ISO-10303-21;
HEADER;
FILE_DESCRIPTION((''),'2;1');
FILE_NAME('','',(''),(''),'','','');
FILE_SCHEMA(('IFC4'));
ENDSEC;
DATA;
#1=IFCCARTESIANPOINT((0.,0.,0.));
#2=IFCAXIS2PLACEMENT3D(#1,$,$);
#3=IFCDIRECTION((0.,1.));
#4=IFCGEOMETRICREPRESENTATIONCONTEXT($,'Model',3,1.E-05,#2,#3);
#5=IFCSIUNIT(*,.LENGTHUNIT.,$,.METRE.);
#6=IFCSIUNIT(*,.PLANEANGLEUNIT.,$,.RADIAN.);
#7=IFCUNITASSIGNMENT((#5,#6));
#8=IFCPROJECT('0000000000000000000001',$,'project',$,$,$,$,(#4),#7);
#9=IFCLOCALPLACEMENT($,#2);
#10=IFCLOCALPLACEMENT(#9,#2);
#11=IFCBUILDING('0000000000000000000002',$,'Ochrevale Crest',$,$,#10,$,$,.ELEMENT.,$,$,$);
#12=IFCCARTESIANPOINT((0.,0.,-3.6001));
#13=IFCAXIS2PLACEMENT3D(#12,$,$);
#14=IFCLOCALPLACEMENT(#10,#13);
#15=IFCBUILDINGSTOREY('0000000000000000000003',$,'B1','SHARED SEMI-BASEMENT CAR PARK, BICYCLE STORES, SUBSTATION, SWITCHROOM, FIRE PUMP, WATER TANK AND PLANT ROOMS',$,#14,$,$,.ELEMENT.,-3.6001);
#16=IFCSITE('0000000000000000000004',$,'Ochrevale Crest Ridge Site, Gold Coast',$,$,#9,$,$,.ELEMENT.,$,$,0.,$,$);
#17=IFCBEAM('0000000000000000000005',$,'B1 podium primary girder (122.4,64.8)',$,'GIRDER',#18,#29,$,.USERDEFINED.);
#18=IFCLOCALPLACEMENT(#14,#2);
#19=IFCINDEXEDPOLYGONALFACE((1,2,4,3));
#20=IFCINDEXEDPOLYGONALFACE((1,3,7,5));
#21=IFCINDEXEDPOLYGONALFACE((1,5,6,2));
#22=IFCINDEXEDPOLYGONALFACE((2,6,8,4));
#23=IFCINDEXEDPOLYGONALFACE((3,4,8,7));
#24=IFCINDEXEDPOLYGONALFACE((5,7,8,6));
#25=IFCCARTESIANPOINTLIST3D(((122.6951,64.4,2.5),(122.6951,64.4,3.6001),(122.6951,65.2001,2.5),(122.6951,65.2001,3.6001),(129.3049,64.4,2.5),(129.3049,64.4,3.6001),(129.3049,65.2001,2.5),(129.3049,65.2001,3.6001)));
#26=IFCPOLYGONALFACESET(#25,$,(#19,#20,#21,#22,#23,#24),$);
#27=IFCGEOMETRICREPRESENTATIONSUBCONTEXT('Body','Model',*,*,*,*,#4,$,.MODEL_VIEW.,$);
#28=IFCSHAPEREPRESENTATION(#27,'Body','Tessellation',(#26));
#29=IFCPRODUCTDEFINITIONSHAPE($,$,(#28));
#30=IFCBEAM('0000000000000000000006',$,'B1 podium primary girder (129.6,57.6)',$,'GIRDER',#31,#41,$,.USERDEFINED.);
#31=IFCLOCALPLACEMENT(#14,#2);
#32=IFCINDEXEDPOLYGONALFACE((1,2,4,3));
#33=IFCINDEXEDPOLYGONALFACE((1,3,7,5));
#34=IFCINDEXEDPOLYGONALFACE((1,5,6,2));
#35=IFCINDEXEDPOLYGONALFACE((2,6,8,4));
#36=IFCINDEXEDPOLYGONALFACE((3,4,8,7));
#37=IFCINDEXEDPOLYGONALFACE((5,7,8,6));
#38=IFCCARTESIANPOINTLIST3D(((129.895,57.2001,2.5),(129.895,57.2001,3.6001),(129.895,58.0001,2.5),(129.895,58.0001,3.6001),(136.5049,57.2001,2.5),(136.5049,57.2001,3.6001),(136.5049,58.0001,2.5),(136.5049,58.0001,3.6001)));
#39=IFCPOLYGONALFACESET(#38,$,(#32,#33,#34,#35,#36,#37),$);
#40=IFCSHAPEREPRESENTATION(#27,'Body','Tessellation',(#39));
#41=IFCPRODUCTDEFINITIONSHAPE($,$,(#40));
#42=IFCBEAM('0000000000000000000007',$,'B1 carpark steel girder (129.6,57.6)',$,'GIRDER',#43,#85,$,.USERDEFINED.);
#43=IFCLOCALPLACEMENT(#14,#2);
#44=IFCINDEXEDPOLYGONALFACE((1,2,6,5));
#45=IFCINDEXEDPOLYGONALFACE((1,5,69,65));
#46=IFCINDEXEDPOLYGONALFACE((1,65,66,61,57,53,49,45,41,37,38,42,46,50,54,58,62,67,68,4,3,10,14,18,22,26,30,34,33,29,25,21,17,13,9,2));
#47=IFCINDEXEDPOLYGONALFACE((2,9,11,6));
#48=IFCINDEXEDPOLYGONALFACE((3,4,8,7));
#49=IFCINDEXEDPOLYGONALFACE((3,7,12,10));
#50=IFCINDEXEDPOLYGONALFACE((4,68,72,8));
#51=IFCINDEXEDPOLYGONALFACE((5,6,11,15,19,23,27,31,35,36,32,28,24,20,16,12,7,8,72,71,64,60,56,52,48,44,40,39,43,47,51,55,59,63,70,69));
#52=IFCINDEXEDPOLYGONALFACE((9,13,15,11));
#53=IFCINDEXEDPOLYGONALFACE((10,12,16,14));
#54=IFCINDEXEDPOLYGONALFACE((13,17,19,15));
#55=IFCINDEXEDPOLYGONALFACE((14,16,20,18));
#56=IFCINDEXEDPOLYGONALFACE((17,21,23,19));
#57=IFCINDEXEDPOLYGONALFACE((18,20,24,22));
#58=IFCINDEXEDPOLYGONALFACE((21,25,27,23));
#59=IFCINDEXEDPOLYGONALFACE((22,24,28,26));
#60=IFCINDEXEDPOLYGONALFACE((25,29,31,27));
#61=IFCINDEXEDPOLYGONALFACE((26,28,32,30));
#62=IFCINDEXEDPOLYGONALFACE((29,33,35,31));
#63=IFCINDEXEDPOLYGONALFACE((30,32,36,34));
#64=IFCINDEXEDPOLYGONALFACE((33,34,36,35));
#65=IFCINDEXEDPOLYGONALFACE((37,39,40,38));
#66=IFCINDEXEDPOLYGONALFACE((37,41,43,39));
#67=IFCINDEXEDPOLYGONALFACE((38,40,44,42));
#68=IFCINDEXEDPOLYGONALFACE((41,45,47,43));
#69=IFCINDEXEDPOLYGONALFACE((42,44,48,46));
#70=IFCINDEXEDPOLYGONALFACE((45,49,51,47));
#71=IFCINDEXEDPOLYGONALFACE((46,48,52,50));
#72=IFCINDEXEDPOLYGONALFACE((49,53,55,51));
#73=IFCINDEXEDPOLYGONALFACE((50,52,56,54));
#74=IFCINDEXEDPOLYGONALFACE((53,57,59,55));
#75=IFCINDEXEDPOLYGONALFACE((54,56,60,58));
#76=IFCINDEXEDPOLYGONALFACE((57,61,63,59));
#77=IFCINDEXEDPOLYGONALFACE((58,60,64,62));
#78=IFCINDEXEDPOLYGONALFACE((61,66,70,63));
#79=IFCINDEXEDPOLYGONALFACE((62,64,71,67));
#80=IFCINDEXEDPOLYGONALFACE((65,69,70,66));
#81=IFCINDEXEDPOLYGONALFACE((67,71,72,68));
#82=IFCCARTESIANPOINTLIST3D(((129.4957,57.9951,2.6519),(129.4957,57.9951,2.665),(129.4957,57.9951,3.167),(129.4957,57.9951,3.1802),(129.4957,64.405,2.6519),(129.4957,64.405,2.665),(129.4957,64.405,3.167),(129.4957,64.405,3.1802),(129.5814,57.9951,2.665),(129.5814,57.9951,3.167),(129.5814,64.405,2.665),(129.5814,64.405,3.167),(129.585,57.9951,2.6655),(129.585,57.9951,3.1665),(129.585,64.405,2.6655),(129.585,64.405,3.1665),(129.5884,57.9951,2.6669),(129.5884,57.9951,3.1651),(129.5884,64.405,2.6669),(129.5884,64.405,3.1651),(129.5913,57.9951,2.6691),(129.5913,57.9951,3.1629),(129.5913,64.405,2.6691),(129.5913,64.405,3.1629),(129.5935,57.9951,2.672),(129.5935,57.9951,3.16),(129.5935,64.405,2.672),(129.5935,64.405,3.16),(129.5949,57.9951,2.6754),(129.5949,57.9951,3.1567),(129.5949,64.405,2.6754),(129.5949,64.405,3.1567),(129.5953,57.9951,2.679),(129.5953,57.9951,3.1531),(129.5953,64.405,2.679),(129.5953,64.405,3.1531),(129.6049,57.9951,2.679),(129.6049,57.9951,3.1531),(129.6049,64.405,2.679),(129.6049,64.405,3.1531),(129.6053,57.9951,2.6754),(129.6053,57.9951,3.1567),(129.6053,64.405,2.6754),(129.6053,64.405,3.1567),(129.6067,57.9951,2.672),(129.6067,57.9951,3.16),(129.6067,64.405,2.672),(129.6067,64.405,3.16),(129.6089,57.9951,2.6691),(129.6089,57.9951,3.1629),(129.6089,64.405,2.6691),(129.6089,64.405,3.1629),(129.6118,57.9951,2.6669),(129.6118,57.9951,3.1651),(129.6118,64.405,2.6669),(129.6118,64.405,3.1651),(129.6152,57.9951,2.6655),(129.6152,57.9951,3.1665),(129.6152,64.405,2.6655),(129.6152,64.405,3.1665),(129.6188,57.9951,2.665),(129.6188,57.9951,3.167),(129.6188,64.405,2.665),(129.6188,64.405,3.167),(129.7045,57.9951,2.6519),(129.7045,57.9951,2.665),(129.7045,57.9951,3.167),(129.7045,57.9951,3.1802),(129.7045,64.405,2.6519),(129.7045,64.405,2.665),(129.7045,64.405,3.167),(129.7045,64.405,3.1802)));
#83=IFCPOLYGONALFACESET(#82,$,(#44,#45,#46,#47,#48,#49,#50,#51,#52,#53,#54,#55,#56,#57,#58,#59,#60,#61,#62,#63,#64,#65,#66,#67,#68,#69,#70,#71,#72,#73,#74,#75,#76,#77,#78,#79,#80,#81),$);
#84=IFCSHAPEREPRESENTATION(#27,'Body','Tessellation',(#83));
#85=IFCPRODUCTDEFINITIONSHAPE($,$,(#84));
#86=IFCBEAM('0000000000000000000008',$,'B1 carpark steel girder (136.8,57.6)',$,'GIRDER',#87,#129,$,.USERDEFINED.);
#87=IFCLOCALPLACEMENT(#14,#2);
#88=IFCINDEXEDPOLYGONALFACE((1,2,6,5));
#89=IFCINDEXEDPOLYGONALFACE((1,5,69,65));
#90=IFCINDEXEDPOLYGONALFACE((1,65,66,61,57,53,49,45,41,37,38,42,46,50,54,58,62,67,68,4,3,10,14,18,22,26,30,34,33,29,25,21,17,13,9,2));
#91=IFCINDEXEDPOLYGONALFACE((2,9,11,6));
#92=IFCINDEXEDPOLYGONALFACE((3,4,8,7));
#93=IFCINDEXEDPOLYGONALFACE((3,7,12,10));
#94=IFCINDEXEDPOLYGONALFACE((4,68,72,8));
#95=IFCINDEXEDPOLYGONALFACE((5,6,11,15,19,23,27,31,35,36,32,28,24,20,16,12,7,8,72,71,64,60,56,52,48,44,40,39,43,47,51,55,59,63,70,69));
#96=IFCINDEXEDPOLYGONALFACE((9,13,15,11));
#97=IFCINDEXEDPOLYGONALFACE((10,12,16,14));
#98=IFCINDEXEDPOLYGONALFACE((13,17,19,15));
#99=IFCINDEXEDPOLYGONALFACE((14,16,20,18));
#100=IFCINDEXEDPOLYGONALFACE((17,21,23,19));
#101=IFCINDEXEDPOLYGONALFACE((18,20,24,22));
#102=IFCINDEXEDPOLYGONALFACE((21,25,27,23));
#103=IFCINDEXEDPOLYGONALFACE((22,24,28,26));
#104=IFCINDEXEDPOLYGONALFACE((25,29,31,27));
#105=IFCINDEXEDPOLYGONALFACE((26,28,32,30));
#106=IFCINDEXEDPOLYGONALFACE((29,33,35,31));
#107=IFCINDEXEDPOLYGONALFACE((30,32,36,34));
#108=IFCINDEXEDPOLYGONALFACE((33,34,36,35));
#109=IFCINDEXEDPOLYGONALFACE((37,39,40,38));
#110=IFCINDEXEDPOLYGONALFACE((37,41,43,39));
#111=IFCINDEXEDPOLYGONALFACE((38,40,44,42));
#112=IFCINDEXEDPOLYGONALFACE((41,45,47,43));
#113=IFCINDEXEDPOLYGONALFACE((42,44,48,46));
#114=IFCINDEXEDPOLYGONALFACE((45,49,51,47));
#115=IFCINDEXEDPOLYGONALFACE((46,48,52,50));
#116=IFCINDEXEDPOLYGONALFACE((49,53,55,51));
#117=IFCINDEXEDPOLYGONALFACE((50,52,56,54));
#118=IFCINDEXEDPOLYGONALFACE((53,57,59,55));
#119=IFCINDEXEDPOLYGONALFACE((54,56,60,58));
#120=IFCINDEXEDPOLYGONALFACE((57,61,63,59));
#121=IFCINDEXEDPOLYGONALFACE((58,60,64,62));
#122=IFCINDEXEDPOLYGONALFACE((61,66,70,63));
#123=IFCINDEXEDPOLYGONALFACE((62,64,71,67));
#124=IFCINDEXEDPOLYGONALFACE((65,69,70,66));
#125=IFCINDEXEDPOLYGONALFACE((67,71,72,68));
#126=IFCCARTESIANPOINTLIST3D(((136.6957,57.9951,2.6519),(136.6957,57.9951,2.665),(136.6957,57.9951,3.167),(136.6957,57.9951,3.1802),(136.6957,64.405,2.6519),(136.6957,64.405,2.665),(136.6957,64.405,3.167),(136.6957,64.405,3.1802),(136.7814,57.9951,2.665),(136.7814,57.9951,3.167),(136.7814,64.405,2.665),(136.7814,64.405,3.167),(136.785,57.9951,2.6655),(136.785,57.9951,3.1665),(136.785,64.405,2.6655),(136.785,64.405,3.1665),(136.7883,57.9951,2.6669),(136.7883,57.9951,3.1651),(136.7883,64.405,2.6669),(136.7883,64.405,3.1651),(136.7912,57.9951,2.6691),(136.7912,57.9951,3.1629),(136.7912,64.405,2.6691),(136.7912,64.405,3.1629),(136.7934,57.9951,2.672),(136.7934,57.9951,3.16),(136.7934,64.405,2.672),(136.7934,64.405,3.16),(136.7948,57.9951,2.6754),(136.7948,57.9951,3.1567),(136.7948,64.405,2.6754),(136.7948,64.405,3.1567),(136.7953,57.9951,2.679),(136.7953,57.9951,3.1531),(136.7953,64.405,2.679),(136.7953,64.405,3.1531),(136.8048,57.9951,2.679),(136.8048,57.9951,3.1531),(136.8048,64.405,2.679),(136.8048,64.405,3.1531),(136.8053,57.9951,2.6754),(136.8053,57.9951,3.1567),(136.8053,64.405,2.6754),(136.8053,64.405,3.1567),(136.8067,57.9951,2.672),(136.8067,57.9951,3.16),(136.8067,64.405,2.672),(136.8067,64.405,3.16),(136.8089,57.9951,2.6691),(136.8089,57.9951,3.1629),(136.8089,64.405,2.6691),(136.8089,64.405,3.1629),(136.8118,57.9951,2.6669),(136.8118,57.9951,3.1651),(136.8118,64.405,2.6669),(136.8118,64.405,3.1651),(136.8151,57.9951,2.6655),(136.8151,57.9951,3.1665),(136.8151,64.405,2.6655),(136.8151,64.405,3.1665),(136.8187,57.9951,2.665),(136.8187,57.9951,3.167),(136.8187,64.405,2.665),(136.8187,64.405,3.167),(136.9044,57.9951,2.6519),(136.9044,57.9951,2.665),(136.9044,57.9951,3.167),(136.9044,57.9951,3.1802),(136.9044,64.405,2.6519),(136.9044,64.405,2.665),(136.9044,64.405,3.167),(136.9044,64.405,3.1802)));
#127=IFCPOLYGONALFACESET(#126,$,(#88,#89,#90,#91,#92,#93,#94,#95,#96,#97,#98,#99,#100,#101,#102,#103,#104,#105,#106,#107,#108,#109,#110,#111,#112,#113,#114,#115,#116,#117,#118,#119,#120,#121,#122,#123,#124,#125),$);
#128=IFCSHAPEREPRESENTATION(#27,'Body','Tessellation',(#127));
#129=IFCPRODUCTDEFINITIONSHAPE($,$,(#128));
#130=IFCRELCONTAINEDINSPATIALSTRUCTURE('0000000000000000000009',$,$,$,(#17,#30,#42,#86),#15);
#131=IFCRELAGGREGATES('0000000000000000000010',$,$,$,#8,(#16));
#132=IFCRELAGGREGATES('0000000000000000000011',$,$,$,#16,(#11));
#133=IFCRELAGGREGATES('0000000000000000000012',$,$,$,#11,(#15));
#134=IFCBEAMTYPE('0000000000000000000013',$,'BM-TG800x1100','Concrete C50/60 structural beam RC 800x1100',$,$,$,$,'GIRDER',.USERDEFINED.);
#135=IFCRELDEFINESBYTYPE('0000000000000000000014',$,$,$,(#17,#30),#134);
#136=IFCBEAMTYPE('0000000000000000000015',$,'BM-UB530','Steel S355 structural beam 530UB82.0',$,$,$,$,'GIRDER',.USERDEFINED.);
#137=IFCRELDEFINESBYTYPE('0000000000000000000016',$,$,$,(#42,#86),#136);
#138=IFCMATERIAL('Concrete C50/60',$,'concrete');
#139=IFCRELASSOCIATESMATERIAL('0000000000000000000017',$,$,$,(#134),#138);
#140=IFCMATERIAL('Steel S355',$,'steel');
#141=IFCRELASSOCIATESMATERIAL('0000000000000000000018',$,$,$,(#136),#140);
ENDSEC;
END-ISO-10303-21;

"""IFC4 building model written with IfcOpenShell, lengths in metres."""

from ifc_helpers import new_model, si_unit, direction, frame, origin, origin_2d, place, context, subcontext, project, spatial, rectangle, i_section, extrude, material, material_profile, profile_set, type_object, element, save


model = new_model("IFC4")

# Units and contexts
model_context = context("Model", 3, precision=1e-05, world=origin(), true_north=direction((0.0, 1.0)))
body_context = subcontext(model_context, "Body", "Model", "MODEL_VIEW")
ifc_project = project(units=[si_unit("LENGTHUNIT", "METRE"), si_unit("PLANEANGLEUNIT", "RADIAN")], contexts=[model_context])

# Site, building, storey
site_placement = place(None, origin())
site = spatial("IfcSite", under=ifc_project, at=site_placement, Name="Ochrevale Crest Ridge Site, Gold Coast", CompositionType="ELEMENT", RefElevation=0.0)
building_placement = place(site_placement, origin())
building = spatial("IfcBuilding", under=site, at=building_placement, Name="Ochrevale Crest", CompositionType="ELEMENT")
storey_placement = place(building_placement, frame((0.0, 0.0, -3.6001)))
storey = spatial("IfcBuildingStorey", under=building, at=storey_placement, Name="B1", Description="SHARED SEMI-BASEMENT CAR PARK, BICYCLE STORES, SUBSTATION, SWITCHROOM, FIRE PUMP, WATER TANK AND PLANT ROOMS", CompositionType="ELEMENT", Elevation=-3.6001)

# Shared definitions
ifc_material_1 = material(Name="Concrete C50/60", Category="concrete")

# Beams
ifc_material_profile_1 = material_profile(ifc_material_1, rectangle(XDim=0.8, YDim=1.1001, at=origin_2d()), Name="RC 800x1100")
ifc_profile_set_1 = profile_set([ifc_material_profile_1], Name="Concrete C50/60")
beam_type_1 = type_object("IfcBeamType", Name="BM-TG800x1100", Description="Concrete C50/60 structural beam RC 800x1100", ElementType="GIRDER", PredefinedType="USERDEFINED", material=ifc_profile_set_1)
for number, where, z_axis, x_axis, name in (
    (1, (122.6951, 64.8, 3.05), (1.0, 0.0, 0.0), (0.0, 1.0, 0.0), "B1 podium primary girder (122.4,64.8)"),
    (2, (129.895, 57.6001, 3.05), (1.0, 0.0, 0.0), (0.0, 1.0, 0.0), "B1 podium primary girder (129.6,57.6)"),
):
    element("IfcBeam", number, at=place(storey_placement, frame(where, z_axis=z_axis, x_axis=x_axis)), inside=storey, type_object=beam_type_1, Name=name, ObjectType="GIRDER", PredefinedType="USERDEFINED", context=body_context, shape_type="SweptSolid", body=[
        extrude(rectangle(XDim=0.8, YDim=1.1001, at=origin_2d()), origin(), (0.0, 0.0, 1.0), 6.6099),
    ])
ifc_material_2 = material(Name="Steel S355", Category="steel")
ifc_material_profile_2 = material_profile(ifc_material_2, i_section(OverallWidth=0.2087, OverallDepth=0.5283, WebThickness=0.0095, FlangeThickness=0.0132, FilletRadius=0.0139, at=origin_2d()), Name="530UB82.0")
ifc_profile_set_2 = profile_set([ifc_material_profile_2], Name="Steel S355")
beam_type_2 = type_object("IfcBeamType", Name="BM-UB530", Description="Steel S355 structural beam 530UB82.0", ElementType="GIRDER", PredefinedType="USERDEFINED", material=ifc_profile_set_2)
for number, where, z_axis, x_axis, name in (
    (3, (129.6001, 57.9951, 2.916), (0.0, 1.0, 0.0), (-1.0, 0.0, 0.0), "B1 carpark steel girder (129.6,57.6)"),
    (4, (136.8, 57.9951, 2.916), (0.0, 1.0, 0.0), (-1.0, 0.0, 0.0), "B1 carpark steel girder (136.8,57.6)"),
):
    element("IfcBeam", number, at=place(storey_placement, frame(where, z_axis=z_axis, x_axis=x_axis)), inside=storey, type_object=beam_type_2, Name=name, ObjectType="GIRDER", PredefinedType="USERDEFINED", context=body_context, shape_type="SweptSolid", body=[
        extrude(i_section(OverallWidth=0.2087, OverallDepth=0.5283, WebThickness=0.0095, FlangeThickness=0.0132, FilletRadius=0.0139, at=origin_2d()), origin(), (0.0, 0.0, 1.0), 6.4099),
    ])

save(model, "model.ifc")
